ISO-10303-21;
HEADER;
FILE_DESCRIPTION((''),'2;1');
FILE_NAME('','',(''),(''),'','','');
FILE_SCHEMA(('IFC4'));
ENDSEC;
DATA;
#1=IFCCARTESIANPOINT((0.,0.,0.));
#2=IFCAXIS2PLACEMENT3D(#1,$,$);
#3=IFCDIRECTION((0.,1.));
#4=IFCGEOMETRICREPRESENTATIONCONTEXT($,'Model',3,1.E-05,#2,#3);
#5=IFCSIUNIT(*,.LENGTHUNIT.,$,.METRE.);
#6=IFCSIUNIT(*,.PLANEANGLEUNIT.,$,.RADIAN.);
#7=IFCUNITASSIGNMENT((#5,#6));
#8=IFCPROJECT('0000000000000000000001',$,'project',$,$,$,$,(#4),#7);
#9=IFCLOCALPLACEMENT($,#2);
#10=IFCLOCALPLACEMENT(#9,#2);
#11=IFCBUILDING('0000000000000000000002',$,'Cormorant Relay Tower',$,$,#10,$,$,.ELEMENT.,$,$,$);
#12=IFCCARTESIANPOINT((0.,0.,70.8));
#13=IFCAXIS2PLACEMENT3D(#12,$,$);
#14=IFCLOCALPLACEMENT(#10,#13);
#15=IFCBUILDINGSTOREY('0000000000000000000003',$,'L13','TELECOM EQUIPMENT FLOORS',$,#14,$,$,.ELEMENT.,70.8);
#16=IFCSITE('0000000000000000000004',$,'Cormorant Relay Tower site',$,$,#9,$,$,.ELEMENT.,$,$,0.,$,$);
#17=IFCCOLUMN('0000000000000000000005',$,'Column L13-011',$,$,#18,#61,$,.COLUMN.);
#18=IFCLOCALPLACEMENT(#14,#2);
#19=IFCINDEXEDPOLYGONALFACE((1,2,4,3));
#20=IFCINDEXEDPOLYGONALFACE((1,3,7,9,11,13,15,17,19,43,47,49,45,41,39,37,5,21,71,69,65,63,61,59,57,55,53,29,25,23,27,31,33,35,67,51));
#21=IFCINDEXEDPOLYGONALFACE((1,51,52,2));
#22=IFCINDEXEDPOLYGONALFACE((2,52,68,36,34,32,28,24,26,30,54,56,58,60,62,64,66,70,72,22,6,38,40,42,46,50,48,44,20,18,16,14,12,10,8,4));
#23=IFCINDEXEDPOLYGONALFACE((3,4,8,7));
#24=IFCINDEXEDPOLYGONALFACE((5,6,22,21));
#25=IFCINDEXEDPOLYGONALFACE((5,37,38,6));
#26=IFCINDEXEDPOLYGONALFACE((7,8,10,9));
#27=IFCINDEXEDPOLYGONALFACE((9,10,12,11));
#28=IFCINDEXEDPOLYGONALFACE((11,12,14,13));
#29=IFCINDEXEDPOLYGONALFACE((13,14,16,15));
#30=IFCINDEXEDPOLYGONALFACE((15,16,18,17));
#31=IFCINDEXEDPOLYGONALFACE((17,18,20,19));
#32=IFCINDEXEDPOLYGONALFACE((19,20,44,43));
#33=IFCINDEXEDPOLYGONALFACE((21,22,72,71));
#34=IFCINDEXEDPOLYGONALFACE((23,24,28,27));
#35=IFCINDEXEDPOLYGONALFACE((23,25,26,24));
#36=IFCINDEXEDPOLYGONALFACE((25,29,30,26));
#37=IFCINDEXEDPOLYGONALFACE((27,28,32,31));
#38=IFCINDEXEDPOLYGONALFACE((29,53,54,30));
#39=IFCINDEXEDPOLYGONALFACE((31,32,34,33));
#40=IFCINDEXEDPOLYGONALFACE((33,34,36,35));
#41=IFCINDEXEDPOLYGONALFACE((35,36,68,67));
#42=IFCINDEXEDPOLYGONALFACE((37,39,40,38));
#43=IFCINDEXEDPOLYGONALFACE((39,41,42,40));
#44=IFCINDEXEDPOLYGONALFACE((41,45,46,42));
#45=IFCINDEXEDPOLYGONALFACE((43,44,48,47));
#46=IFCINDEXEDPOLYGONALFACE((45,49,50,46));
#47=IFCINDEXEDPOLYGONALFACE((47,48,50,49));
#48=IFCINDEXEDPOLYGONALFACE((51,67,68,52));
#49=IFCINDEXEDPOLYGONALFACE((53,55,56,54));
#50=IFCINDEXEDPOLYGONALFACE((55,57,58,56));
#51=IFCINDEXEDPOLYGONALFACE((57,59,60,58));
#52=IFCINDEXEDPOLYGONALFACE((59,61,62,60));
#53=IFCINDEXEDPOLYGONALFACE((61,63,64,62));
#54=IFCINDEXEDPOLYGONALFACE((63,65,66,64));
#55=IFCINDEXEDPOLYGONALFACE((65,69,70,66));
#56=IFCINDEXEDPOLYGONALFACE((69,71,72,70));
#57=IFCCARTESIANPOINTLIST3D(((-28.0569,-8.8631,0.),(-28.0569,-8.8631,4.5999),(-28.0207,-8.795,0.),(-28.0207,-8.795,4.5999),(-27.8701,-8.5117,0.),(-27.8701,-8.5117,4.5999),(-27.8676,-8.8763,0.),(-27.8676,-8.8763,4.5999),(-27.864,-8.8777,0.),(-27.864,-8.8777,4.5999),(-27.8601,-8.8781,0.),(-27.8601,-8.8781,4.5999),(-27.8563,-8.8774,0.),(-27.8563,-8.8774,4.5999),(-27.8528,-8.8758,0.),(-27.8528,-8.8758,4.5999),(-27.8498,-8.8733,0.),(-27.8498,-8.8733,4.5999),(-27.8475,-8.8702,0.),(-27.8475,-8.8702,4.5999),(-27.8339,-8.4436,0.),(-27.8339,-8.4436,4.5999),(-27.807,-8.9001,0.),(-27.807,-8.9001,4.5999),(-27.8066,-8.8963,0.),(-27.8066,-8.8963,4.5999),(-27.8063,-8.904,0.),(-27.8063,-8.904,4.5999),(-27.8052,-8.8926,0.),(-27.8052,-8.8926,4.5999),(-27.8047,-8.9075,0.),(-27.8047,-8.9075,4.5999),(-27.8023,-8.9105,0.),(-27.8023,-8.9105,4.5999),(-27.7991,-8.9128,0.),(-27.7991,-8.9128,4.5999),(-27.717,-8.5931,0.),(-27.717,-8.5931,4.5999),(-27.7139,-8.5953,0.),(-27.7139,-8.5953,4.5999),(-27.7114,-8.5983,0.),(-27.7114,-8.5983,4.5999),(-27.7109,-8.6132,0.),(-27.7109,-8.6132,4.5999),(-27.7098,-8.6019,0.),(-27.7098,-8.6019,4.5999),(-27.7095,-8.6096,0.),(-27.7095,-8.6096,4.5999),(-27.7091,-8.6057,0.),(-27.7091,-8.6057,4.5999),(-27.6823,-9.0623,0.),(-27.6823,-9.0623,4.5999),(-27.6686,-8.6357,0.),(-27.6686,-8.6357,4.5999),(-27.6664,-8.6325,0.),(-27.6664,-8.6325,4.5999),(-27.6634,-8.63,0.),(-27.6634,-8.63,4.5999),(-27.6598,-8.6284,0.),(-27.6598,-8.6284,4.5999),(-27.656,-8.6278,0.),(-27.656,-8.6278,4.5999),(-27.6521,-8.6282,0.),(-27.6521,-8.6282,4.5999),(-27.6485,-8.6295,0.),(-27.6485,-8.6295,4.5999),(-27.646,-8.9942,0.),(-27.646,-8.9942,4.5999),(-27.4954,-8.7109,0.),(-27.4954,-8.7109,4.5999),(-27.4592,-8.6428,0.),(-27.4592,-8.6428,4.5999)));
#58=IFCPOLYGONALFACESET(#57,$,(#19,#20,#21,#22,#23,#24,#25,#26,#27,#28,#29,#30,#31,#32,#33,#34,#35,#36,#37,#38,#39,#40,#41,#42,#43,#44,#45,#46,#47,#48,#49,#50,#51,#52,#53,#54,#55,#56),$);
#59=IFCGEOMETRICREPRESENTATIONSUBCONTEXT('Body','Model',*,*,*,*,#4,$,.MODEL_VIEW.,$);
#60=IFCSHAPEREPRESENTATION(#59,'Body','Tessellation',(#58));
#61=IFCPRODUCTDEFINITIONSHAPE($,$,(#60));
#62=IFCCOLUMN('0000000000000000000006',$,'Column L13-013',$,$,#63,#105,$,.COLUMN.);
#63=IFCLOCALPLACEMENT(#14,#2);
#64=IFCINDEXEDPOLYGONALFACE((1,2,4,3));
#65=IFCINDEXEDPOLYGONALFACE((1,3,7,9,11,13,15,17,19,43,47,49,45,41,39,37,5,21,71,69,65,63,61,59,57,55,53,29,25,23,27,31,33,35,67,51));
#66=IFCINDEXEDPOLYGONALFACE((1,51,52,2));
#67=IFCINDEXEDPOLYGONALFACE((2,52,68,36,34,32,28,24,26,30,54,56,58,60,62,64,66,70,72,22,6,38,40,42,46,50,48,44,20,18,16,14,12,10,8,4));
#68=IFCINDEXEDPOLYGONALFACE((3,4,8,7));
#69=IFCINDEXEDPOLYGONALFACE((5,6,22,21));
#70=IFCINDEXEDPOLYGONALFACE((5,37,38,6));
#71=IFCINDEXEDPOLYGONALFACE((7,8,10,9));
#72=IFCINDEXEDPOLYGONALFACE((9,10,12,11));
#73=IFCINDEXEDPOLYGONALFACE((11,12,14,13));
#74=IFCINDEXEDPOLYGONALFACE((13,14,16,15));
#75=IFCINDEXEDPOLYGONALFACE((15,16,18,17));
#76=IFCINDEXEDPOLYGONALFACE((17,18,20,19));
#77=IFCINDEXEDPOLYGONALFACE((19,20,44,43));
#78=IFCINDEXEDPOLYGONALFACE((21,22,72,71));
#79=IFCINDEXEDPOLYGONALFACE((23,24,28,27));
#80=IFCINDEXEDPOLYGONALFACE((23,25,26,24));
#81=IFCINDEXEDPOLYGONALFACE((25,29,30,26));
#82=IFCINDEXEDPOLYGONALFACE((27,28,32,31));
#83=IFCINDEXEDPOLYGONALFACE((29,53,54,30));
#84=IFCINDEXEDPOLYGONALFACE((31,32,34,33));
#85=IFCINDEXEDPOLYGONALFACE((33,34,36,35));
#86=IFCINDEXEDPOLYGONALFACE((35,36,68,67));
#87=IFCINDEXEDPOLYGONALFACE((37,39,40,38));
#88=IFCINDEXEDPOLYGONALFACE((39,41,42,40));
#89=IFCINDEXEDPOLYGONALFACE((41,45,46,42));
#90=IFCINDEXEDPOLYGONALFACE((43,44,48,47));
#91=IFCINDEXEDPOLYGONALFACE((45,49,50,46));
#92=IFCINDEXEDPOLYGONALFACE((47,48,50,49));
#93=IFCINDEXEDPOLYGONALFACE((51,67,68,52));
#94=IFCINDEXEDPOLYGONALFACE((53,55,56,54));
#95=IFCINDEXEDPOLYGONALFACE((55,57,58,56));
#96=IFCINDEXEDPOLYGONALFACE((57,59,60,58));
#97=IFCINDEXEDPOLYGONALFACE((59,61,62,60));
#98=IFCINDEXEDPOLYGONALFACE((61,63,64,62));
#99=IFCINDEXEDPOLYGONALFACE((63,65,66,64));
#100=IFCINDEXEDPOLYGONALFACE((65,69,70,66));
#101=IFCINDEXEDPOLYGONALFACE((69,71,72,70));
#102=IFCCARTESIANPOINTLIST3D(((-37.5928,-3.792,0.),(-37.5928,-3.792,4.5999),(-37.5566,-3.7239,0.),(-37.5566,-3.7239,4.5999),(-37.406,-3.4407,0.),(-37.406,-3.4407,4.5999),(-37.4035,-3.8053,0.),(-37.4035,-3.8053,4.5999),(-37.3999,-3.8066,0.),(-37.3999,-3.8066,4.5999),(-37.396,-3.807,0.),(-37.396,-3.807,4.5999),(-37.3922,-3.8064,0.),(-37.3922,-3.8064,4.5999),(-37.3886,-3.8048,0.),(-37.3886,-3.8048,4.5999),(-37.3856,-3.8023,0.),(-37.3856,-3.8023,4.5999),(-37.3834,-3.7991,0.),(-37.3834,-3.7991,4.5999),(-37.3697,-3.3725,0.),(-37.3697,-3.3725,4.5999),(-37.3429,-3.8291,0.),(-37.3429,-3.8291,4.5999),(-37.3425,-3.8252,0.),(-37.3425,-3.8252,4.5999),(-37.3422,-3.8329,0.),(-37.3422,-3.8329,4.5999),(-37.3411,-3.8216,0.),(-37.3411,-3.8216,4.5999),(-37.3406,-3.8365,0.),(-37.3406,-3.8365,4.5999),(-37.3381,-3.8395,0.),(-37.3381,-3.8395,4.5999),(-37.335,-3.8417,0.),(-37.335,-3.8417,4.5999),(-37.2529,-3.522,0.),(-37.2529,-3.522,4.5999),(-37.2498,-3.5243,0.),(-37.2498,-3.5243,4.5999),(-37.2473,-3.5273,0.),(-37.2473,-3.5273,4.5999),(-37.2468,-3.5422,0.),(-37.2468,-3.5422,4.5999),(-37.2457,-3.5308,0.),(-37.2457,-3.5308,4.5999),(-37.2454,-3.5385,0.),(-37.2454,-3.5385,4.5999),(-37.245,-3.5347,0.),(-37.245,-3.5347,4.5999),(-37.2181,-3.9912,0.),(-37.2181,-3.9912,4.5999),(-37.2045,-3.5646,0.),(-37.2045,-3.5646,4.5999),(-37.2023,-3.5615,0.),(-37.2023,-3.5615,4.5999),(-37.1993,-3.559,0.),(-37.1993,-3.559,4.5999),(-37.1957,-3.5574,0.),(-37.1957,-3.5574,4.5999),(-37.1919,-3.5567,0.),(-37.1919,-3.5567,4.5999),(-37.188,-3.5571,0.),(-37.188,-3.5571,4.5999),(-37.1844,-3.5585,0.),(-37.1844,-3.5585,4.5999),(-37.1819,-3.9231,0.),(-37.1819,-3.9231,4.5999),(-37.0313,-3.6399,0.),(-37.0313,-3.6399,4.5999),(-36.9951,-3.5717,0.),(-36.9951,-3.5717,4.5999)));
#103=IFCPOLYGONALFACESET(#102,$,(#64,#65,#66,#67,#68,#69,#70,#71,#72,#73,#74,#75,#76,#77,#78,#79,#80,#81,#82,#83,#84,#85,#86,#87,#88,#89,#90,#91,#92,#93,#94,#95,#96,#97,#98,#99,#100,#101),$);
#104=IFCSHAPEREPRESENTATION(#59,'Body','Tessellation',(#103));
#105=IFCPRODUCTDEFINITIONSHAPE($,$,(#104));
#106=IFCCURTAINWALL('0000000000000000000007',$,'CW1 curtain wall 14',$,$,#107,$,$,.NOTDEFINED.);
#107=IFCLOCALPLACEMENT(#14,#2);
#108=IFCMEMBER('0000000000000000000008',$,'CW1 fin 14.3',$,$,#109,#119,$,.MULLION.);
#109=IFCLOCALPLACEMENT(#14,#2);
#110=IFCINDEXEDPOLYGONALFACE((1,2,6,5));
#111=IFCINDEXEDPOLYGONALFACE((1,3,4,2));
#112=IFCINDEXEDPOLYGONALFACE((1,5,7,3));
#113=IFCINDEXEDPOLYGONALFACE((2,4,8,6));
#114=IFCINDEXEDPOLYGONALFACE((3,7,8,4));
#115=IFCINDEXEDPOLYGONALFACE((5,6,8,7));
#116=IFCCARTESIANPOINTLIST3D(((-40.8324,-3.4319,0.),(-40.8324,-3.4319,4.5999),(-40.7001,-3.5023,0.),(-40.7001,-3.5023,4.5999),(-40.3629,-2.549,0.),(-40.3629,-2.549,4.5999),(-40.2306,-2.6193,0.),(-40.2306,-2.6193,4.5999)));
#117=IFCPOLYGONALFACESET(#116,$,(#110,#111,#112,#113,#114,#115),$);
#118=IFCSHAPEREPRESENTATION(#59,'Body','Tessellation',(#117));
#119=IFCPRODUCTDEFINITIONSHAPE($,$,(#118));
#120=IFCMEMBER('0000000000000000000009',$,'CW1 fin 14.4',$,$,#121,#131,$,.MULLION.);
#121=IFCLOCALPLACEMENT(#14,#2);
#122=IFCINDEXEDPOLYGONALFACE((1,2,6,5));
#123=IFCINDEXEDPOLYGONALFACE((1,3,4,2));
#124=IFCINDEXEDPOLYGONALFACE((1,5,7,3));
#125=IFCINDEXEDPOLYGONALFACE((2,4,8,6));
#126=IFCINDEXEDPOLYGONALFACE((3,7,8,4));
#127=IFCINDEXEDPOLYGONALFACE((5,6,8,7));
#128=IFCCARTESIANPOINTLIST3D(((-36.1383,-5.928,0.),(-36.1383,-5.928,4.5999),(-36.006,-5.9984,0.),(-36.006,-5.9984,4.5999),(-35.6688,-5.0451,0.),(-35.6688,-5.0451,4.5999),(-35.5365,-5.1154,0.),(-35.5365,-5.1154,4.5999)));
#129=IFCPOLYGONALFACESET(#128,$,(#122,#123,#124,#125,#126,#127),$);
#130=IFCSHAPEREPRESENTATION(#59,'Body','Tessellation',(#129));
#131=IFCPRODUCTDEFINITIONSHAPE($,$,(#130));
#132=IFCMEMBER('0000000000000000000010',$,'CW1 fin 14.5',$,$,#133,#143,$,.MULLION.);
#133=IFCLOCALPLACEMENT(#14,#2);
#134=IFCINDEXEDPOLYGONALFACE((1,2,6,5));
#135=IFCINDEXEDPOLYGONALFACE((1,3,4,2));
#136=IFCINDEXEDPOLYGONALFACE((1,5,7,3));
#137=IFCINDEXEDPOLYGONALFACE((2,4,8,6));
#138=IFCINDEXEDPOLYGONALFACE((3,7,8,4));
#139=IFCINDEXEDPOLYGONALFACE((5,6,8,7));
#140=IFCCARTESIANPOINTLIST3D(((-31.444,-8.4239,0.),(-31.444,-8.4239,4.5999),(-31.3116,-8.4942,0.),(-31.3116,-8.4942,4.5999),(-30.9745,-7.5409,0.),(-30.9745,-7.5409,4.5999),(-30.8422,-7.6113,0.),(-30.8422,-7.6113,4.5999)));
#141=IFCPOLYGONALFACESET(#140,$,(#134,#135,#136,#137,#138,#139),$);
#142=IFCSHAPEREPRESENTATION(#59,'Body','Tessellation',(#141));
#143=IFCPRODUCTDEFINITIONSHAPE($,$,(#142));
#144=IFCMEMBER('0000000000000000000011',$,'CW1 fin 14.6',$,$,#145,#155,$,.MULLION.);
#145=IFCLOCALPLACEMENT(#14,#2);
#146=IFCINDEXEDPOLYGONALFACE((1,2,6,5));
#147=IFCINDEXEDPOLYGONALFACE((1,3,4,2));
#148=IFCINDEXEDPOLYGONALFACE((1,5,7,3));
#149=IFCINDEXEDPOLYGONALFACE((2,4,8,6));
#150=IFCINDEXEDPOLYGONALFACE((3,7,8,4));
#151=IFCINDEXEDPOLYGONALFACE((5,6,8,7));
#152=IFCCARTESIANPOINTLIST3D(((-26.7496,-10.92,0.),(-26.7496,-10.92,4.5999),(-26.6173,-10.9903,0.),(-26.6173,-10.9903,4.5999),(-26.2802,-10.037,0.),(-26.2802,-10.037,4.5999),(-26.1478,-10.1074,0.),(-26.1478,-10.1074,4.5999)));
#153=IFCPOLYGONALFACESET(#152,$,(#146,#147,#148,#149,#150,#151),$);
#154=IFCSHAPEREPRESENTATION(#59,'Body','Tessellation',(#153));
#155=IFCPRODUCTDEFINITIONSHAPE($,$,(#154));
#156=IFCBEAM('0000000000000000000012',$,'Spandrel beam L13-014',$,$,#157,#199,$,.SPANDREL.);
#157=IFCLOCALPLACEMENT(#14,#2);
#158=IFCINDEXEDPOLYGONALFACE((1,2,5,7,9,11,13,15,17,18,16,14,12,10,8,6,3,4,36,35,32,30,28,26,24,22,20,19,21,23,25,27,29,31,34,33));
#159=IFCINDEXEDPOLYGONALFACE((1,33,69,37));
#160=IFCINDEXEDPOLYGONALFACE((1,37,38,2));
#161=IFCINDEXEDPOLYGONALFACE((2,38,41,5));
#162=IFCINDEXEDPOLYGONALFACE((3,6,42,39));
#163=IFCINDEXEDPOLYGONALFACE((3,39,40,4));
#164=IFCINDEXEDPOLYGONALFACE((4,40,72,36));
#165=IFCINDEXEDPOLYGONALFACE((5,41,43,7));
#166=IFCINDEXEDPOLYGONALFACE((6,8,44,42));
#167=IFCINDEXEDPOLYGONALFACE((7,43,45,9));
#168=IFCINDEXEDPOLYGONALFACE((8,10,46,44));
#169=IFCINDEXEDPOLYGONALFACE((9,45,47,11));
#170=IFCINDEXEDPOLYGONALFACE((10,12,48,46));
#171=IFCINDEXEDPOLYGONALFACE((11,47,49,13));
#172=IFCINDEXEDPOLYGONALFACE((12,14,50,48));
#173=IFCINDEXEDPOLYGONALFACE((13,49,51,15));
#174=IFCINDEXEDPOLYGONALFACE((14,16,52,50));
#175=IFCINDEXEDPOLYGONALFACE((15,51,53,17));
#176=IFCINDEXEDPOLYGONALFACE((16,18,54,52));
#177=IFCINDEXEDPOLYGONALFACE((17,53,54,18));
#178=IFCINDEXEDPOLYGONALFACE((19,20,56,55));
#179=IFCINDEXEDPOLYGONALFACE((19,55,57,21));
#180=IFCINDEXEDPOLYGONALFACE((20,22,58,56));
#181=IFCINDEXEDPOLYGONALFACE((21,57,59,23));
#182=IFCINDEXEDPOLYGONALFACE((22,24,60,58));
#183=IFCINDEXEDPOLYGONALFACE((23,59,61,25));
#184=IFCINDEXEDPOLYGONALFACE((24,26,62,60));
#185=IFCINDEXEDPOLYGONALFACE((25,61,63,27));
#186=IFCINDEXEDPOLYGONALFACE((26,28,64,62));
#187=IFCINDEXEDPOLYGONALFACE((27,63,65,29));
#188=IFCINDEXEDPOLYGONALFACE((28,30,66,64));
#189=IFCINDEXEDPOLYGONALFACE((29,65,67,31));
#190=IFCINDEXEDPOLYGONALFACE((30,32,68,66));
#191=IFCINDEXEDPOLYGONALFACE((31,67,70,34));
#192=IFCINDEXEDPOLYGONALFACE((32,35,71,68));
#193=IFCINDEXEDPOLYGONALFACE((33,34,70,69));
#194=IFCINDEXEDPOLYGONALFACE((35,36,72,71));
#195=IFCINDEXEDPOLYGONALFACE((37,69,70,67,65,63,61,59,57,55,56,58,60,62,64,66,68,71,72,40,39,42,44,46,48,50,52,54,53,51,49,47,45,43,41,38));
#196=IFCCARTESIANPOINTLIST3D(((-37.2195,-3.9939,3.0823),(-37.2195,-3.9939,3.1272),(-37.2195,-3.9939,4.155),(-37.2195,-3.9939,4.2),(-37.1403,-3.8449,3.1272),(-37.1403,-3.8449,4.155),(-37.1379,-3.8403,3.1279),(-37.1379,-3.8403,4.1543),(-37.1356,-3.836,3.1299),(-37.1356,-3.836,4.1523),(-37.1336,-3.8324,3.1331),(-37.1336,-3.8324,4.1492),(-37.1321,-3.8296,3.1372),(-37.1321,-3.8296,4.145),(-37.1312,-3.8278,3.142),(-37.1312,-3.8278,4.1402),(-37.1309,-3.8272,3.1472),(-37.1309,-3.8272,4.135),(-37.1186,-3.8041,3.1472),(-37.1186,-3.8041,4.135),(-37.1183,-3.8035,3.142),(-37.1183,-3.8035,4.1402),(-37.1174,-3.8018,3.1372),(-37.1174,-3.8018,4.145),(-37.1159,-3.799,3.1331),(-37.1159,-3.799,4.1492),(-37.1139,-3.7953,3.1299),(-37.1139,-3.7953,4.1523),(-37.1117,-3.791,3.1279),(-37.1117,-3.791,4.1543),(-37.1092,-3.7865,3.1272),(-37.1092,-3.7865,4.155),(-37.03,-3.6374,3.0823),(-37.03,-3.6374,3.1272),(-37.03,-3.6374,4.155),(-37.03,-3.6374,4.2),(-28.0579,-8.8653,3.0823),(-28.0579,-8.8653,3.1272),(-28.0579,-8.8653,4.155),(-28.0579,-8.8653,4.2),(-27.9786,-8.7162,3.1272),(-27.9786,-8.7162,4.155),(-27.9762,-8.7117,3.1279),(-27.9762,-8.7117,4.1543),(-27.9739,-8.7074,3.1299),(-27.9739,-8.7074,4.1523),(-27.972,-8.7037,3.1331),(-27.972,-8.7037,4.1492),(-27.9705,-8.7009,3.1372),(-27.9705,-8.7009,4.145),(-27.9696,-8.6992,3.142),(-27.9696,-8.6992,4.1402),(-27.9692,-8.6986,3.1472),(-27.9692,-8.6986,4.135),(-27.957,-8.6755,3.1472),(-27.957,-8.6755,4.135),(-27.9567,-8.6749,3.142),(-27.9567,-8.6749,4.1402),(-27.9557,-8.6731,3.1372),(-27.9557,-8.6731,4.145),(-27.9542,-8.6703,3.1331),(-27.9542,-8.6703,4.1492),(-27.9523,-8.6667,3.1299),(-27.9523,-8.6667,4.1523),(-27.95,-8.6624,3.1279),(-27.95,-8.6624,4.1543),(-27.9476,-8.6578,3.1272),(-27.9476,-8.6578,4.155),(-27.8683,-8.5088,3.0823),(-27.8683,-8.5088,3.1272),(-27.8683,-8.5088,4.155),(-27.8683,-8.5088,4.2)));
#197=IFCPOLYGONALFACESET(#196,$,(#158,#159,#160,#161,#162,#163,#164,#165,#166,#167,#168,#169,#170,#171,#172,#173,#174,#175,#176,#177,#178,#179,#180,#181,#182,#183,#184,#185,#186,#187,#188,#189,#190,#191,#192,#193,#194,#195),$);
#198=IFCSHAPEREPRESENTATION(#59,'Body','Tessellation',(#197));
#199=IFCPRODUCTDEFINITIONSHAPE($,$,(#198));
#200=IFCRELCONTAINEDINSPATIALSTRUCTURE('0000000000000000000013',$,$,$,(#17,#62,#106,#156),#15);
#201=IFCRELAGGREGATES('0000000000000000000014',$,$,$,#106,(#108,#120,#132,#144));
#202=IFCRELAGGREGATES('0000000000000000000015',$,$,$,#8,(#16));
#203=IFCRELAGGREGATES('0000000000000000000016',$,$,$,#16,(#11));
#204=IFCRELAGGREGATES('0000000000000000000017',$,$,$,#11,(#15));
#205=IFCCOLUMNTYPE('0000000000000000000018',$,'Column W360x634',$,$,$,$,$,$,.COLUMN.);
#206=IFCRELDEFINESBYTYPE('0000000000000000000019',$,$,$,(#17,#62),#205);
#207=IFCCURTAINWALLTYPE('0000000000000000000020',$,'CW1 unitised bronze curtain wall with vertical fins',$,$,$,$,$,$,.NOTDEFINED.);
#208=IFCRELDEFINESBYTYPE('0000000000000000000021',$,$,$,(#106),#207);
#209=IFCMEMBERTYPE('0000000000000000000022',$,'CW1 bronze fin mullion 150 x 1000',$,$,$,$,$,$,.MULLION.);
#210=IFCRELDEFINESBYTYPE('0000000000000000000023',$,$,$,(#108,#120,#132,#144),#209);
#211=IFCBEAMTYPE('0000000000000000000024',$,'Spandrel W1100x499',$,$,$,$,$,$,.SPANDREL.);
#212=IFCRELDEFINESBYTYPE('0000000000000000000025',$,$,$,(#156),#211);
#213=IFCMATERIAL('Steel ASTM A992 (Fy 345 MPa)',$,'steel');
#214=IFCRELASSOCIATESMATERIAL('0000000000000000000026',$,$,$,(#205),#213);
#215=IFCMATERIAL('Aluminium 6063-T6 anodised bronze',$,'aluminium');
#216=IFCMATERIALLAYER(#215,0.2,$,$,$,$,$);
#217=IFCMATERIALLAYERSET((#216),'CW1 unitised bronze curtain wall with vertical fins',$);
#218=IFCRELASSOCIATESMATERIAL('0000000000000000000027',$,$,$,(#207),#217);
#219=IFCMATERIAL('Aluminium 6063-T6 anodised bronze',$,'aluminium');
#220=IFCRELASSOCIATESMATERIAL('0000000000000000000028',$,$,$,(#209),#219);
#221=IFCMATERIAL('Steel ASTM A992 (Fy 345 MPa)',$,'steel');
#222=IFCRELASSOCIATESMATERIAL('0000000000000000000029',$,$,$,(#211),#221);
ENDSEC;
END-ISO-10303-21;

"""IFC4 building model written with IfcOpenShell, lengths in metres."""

from ifc_helpers import new_model, si_unit, direction, frame, origin, origin_2d, place, context, subcontext, project, spatial, rectangle, i_section, extrude, material, layer, layer_set, material_profile, profile_set, type_object, element, aggregate, save


model = new_model("IFC4")

# Units and contexts
model_context = context("Model", 3, precision=1e-05, world=origin(), true_north=direction((0.0, 1.0)))
body_context = subcontext(model_context, "Body", "Model", "MODEL_VIEW")
ifc_project = project(units=[si_unit("LENGTHUNIT", "METRE"), si_unit("PLANEANGLEUNIT", "RADIAN")], contexts=[model_context])

# Site, building, storey
site_placement = place(None, origin())
site = spatial("IfcSite", under=ifc_project, at=site_placement, Name="Cormorant Relay Tower site", CompositionType="ELEMENT", RefElevation=0.0)
building_placement = place(site_placement, origin())
building = spatial("IfcBuilding", under=site, at=building_placement, Name="Cormorant Relay Tower", CompositionType="ELEMENT")
storey_placement = place(building_placement, frame((0.0, 0.0, 70.8)))
storey = spatial("IfcBuildingStorey", under=building, at=storey_placement, Name="L13", Description="TELECOM EQUIPMENT FLOORS", CompositionType="ELEMENT", Elevation=70.8)

# Columns
ifc_material_1 = material(Name="Steel ASTM A992 (Fy 345 MPa)", Category="steel")
ifc_material_profile_1 = material_profile(ifc_material_1, i_section(OverallWidth=0.4243, OverallDepth=0.4751, WebThickness=0.0479, FlangeThickness=0.0771, FilletRadius=0.0149, at=origin_2d()), Name="W360x634")
ifc_profile_set_1 = profile_set([ifc_material_profile_1], Name="Steel ASTM A992 (Fy 345 MPa)")
column_type = type_object("IfcColumnType", Name="Column W360x634", PredefinedType="COLUMN", material=ifc_profile_set_1)
for number, where, z_axis, x_axis, name in (
    (1, (-27.7581, -8.7529, 0.0), (0.0, 0.0, 1.0), (0.882948, -0.469472, 0.0), "Column L13-011"),
    (2, (-37.2939, -3.6819, 0.0), (0.0, 0.0, 1.0), (0.882948, -0.469472, 0.0), "Column L13-013"),
):
    element("IfcColumn", number, at=place(storey_placement, frame(where, z_axis=z_axis, x_axis=x_axis)), inside=storey, type_object=column_type, Name=name, PredefinedType="COLUMN", context=body_context, shape_type="SweptSolid", body=[
        extrude(i_section(OverallWidth=0.4243, OverallDepth=0.4751, WebThickness=0.0479, FlangeThickness=0.0771, FilletRadius=0.0149, at=origin_2d()), origin(), (0.0, 0.0, 1.0), 4.5999),
    ])

# Curtain wall, members
ifc_material_2 = material(Name="Aluminium 6063-T6 anodised bronze", Category="aluminium")
ifc_layer_1 = layer(ifc_material_2, 0.2)
ifc_layer_set_1 = layer_set([ifc_layer_1], Name="CW1 unitised bronze curtain wall with vertical fins")
curtain_wall_type = type_object("IfcCurtainWallType", Name="CW1 unitised bronze curtain wall with vertical fins", PredefinedType="NOTDEFINED", material=ifc_layer_set_1)
curtain_wall_placement = place(storey_placement, origin())
curtain_wall = element("IfcCurtainWall", 3, at=curtain_wall_placement, inside=storey, type_object=curtain_wall_type, Name="CW1 curtain wall 14", PredefinedType="NOTDEFINED")
ifc_material_3 = material(Name="Aluminium 6063-T6 anodised bronze", Category="aluminium")
ifc_material_profile_2 = material_profile(ifc_material_3, rectangle(XDim=0.1499, YDim=1.0, at=origin_2d()), Name="AL 150x1000")
ifc_profile_set_2 = profile_set([ifc_material_profile_2], Name="Aluminium 6063-T6 anodised bronze")
member_type = type_object("IfcMemberType", Name="CW1 bronze fin mullion 150 x 1000", PredefinedType="MULLION", material=ifc_profile_set_2)
member_1_placement = place(storey_placement, frame((-40.5315, -3.0256, 0.0), z_axis=(0.0, 0.0, 1.0), x_axis=(0.882948, -0.469472, 0.0)))
member_1 = element("IfcMember", 4, at=member_1_placement, type_object=member_type, Name="CW1 fin 14.3", PredefinedType="MULLION", context=body_context, shape_type="SweptSolid", body=[
    extrude(rectangle(XDim=0.1499, YDim=1.0, at=origin_2d()), origin(), (0.0, 0.0, 1.0), 4.5999),
])
member_2_placement = place(storey_placement, frame((-35.8374, -5.5217, 0.0), z_axis=(0.0, 0.0, 1.0), x_axis=(0.882948, -0.469472, 0.0)))
member_2 = element("IfcMember", 5, at=member_2_placement, type_object=member_type, Name="CW1 fin 14.4", PredefinedType="MULLION", context=body_context, shape_type="SweptSolid", body=[
    extrude(rectangle(XDim=0.1499, YDim=1.0, at=origin_2d()), origin(), (0.0, 0.0, 1.0), 4.5999),
])
member_3_placement = place(storey_placement, frame((-31.1431, -8.0176, 0.0), z_axis=(0.0, 0.0, 1.0), x_axis=(0.882948, -0.469472, 0.0)))
member_3 = element("IfcMember", 6, at=member_3_placement, type_object=member_type, Name="CW1 fin 14.5", PredefinedType="MULLION", context=body_context, shape_type="SweptSolid", body=[
    extrude(rectangle(XDim=0.1499, YDim=1.0, at=origin_2d()), origin(), (0.0, 0.0, 1.0), 4.5999),
])
member_4_placement = place(storey_placement, frame((-26.4487, -10.5137, 0.0), z_axis=(0.0, 0.0, 1.0), x_axis=(0.882948, -0.469472, 0.0)))
member_4 = element("IfcMember", 7, at=member_4_placement, type_object=member_type, Name="CW1 fin 14.6", PredefinedType="MULLION", context=body_context, shape_type="SweptSolid", body=[
    extrude(rectangle(XDim=0.1499, YDim=1.0, at=origin_2d()), origin(), (0.0, 0.0, 1.0), 4.5999),
])

# Beam
ifc_material_4 = material(Name="Steel ASTM A992 (Fy 345 MPa)", Category="steel")
ifc_material_profile_3 = material_profile(ifc_material_4, i_section(OverallWidth=0.4038, OverallDepth=1.1177, WebThickness=0.0261, FlangeThickness=0.0449, FilletRadius=0.02, at=origin_2d()), Name="W1100x499")
ifc_profile_set_3 = profile_set([ifc_material_profile_3], Name="Steel ASTM A992 (Fy 345 MPa)")
beam_type = type_object("IfcBeamType", Name="Spandrel W1100x499", PredefinedType="SPANDREL", material=ifc_profile_set_3)
beam_placement = place(storey_placement, frame((-37.1248, -3.8157, 3.6411), z_axis=(0.882947, -0.469473, 0.0), x_axis=(0.469473, 0.882947, 0.0)))
element("IfcBeam", 8, at=beam_placement, inside=storey, type_object=beam_type, Name="Spandrel beam L13-014", PredefinedType="SPANDREL", context=body_context, shape_type="SweptSolid", body=[
    extrude(i_section(OverallWidth=0.4038, OverallDepth=1.1177, WebThickness=0.0261, FlangeThickness=0.0449, FilletRadius=0.02, at=origin_2d()), origin(), (0.0, 0.0, 1.0), 10.3762),
])

aggregate(curtain_wall, [member_1, member_2, member_3, member_4])

save(model, "model.ifc")
